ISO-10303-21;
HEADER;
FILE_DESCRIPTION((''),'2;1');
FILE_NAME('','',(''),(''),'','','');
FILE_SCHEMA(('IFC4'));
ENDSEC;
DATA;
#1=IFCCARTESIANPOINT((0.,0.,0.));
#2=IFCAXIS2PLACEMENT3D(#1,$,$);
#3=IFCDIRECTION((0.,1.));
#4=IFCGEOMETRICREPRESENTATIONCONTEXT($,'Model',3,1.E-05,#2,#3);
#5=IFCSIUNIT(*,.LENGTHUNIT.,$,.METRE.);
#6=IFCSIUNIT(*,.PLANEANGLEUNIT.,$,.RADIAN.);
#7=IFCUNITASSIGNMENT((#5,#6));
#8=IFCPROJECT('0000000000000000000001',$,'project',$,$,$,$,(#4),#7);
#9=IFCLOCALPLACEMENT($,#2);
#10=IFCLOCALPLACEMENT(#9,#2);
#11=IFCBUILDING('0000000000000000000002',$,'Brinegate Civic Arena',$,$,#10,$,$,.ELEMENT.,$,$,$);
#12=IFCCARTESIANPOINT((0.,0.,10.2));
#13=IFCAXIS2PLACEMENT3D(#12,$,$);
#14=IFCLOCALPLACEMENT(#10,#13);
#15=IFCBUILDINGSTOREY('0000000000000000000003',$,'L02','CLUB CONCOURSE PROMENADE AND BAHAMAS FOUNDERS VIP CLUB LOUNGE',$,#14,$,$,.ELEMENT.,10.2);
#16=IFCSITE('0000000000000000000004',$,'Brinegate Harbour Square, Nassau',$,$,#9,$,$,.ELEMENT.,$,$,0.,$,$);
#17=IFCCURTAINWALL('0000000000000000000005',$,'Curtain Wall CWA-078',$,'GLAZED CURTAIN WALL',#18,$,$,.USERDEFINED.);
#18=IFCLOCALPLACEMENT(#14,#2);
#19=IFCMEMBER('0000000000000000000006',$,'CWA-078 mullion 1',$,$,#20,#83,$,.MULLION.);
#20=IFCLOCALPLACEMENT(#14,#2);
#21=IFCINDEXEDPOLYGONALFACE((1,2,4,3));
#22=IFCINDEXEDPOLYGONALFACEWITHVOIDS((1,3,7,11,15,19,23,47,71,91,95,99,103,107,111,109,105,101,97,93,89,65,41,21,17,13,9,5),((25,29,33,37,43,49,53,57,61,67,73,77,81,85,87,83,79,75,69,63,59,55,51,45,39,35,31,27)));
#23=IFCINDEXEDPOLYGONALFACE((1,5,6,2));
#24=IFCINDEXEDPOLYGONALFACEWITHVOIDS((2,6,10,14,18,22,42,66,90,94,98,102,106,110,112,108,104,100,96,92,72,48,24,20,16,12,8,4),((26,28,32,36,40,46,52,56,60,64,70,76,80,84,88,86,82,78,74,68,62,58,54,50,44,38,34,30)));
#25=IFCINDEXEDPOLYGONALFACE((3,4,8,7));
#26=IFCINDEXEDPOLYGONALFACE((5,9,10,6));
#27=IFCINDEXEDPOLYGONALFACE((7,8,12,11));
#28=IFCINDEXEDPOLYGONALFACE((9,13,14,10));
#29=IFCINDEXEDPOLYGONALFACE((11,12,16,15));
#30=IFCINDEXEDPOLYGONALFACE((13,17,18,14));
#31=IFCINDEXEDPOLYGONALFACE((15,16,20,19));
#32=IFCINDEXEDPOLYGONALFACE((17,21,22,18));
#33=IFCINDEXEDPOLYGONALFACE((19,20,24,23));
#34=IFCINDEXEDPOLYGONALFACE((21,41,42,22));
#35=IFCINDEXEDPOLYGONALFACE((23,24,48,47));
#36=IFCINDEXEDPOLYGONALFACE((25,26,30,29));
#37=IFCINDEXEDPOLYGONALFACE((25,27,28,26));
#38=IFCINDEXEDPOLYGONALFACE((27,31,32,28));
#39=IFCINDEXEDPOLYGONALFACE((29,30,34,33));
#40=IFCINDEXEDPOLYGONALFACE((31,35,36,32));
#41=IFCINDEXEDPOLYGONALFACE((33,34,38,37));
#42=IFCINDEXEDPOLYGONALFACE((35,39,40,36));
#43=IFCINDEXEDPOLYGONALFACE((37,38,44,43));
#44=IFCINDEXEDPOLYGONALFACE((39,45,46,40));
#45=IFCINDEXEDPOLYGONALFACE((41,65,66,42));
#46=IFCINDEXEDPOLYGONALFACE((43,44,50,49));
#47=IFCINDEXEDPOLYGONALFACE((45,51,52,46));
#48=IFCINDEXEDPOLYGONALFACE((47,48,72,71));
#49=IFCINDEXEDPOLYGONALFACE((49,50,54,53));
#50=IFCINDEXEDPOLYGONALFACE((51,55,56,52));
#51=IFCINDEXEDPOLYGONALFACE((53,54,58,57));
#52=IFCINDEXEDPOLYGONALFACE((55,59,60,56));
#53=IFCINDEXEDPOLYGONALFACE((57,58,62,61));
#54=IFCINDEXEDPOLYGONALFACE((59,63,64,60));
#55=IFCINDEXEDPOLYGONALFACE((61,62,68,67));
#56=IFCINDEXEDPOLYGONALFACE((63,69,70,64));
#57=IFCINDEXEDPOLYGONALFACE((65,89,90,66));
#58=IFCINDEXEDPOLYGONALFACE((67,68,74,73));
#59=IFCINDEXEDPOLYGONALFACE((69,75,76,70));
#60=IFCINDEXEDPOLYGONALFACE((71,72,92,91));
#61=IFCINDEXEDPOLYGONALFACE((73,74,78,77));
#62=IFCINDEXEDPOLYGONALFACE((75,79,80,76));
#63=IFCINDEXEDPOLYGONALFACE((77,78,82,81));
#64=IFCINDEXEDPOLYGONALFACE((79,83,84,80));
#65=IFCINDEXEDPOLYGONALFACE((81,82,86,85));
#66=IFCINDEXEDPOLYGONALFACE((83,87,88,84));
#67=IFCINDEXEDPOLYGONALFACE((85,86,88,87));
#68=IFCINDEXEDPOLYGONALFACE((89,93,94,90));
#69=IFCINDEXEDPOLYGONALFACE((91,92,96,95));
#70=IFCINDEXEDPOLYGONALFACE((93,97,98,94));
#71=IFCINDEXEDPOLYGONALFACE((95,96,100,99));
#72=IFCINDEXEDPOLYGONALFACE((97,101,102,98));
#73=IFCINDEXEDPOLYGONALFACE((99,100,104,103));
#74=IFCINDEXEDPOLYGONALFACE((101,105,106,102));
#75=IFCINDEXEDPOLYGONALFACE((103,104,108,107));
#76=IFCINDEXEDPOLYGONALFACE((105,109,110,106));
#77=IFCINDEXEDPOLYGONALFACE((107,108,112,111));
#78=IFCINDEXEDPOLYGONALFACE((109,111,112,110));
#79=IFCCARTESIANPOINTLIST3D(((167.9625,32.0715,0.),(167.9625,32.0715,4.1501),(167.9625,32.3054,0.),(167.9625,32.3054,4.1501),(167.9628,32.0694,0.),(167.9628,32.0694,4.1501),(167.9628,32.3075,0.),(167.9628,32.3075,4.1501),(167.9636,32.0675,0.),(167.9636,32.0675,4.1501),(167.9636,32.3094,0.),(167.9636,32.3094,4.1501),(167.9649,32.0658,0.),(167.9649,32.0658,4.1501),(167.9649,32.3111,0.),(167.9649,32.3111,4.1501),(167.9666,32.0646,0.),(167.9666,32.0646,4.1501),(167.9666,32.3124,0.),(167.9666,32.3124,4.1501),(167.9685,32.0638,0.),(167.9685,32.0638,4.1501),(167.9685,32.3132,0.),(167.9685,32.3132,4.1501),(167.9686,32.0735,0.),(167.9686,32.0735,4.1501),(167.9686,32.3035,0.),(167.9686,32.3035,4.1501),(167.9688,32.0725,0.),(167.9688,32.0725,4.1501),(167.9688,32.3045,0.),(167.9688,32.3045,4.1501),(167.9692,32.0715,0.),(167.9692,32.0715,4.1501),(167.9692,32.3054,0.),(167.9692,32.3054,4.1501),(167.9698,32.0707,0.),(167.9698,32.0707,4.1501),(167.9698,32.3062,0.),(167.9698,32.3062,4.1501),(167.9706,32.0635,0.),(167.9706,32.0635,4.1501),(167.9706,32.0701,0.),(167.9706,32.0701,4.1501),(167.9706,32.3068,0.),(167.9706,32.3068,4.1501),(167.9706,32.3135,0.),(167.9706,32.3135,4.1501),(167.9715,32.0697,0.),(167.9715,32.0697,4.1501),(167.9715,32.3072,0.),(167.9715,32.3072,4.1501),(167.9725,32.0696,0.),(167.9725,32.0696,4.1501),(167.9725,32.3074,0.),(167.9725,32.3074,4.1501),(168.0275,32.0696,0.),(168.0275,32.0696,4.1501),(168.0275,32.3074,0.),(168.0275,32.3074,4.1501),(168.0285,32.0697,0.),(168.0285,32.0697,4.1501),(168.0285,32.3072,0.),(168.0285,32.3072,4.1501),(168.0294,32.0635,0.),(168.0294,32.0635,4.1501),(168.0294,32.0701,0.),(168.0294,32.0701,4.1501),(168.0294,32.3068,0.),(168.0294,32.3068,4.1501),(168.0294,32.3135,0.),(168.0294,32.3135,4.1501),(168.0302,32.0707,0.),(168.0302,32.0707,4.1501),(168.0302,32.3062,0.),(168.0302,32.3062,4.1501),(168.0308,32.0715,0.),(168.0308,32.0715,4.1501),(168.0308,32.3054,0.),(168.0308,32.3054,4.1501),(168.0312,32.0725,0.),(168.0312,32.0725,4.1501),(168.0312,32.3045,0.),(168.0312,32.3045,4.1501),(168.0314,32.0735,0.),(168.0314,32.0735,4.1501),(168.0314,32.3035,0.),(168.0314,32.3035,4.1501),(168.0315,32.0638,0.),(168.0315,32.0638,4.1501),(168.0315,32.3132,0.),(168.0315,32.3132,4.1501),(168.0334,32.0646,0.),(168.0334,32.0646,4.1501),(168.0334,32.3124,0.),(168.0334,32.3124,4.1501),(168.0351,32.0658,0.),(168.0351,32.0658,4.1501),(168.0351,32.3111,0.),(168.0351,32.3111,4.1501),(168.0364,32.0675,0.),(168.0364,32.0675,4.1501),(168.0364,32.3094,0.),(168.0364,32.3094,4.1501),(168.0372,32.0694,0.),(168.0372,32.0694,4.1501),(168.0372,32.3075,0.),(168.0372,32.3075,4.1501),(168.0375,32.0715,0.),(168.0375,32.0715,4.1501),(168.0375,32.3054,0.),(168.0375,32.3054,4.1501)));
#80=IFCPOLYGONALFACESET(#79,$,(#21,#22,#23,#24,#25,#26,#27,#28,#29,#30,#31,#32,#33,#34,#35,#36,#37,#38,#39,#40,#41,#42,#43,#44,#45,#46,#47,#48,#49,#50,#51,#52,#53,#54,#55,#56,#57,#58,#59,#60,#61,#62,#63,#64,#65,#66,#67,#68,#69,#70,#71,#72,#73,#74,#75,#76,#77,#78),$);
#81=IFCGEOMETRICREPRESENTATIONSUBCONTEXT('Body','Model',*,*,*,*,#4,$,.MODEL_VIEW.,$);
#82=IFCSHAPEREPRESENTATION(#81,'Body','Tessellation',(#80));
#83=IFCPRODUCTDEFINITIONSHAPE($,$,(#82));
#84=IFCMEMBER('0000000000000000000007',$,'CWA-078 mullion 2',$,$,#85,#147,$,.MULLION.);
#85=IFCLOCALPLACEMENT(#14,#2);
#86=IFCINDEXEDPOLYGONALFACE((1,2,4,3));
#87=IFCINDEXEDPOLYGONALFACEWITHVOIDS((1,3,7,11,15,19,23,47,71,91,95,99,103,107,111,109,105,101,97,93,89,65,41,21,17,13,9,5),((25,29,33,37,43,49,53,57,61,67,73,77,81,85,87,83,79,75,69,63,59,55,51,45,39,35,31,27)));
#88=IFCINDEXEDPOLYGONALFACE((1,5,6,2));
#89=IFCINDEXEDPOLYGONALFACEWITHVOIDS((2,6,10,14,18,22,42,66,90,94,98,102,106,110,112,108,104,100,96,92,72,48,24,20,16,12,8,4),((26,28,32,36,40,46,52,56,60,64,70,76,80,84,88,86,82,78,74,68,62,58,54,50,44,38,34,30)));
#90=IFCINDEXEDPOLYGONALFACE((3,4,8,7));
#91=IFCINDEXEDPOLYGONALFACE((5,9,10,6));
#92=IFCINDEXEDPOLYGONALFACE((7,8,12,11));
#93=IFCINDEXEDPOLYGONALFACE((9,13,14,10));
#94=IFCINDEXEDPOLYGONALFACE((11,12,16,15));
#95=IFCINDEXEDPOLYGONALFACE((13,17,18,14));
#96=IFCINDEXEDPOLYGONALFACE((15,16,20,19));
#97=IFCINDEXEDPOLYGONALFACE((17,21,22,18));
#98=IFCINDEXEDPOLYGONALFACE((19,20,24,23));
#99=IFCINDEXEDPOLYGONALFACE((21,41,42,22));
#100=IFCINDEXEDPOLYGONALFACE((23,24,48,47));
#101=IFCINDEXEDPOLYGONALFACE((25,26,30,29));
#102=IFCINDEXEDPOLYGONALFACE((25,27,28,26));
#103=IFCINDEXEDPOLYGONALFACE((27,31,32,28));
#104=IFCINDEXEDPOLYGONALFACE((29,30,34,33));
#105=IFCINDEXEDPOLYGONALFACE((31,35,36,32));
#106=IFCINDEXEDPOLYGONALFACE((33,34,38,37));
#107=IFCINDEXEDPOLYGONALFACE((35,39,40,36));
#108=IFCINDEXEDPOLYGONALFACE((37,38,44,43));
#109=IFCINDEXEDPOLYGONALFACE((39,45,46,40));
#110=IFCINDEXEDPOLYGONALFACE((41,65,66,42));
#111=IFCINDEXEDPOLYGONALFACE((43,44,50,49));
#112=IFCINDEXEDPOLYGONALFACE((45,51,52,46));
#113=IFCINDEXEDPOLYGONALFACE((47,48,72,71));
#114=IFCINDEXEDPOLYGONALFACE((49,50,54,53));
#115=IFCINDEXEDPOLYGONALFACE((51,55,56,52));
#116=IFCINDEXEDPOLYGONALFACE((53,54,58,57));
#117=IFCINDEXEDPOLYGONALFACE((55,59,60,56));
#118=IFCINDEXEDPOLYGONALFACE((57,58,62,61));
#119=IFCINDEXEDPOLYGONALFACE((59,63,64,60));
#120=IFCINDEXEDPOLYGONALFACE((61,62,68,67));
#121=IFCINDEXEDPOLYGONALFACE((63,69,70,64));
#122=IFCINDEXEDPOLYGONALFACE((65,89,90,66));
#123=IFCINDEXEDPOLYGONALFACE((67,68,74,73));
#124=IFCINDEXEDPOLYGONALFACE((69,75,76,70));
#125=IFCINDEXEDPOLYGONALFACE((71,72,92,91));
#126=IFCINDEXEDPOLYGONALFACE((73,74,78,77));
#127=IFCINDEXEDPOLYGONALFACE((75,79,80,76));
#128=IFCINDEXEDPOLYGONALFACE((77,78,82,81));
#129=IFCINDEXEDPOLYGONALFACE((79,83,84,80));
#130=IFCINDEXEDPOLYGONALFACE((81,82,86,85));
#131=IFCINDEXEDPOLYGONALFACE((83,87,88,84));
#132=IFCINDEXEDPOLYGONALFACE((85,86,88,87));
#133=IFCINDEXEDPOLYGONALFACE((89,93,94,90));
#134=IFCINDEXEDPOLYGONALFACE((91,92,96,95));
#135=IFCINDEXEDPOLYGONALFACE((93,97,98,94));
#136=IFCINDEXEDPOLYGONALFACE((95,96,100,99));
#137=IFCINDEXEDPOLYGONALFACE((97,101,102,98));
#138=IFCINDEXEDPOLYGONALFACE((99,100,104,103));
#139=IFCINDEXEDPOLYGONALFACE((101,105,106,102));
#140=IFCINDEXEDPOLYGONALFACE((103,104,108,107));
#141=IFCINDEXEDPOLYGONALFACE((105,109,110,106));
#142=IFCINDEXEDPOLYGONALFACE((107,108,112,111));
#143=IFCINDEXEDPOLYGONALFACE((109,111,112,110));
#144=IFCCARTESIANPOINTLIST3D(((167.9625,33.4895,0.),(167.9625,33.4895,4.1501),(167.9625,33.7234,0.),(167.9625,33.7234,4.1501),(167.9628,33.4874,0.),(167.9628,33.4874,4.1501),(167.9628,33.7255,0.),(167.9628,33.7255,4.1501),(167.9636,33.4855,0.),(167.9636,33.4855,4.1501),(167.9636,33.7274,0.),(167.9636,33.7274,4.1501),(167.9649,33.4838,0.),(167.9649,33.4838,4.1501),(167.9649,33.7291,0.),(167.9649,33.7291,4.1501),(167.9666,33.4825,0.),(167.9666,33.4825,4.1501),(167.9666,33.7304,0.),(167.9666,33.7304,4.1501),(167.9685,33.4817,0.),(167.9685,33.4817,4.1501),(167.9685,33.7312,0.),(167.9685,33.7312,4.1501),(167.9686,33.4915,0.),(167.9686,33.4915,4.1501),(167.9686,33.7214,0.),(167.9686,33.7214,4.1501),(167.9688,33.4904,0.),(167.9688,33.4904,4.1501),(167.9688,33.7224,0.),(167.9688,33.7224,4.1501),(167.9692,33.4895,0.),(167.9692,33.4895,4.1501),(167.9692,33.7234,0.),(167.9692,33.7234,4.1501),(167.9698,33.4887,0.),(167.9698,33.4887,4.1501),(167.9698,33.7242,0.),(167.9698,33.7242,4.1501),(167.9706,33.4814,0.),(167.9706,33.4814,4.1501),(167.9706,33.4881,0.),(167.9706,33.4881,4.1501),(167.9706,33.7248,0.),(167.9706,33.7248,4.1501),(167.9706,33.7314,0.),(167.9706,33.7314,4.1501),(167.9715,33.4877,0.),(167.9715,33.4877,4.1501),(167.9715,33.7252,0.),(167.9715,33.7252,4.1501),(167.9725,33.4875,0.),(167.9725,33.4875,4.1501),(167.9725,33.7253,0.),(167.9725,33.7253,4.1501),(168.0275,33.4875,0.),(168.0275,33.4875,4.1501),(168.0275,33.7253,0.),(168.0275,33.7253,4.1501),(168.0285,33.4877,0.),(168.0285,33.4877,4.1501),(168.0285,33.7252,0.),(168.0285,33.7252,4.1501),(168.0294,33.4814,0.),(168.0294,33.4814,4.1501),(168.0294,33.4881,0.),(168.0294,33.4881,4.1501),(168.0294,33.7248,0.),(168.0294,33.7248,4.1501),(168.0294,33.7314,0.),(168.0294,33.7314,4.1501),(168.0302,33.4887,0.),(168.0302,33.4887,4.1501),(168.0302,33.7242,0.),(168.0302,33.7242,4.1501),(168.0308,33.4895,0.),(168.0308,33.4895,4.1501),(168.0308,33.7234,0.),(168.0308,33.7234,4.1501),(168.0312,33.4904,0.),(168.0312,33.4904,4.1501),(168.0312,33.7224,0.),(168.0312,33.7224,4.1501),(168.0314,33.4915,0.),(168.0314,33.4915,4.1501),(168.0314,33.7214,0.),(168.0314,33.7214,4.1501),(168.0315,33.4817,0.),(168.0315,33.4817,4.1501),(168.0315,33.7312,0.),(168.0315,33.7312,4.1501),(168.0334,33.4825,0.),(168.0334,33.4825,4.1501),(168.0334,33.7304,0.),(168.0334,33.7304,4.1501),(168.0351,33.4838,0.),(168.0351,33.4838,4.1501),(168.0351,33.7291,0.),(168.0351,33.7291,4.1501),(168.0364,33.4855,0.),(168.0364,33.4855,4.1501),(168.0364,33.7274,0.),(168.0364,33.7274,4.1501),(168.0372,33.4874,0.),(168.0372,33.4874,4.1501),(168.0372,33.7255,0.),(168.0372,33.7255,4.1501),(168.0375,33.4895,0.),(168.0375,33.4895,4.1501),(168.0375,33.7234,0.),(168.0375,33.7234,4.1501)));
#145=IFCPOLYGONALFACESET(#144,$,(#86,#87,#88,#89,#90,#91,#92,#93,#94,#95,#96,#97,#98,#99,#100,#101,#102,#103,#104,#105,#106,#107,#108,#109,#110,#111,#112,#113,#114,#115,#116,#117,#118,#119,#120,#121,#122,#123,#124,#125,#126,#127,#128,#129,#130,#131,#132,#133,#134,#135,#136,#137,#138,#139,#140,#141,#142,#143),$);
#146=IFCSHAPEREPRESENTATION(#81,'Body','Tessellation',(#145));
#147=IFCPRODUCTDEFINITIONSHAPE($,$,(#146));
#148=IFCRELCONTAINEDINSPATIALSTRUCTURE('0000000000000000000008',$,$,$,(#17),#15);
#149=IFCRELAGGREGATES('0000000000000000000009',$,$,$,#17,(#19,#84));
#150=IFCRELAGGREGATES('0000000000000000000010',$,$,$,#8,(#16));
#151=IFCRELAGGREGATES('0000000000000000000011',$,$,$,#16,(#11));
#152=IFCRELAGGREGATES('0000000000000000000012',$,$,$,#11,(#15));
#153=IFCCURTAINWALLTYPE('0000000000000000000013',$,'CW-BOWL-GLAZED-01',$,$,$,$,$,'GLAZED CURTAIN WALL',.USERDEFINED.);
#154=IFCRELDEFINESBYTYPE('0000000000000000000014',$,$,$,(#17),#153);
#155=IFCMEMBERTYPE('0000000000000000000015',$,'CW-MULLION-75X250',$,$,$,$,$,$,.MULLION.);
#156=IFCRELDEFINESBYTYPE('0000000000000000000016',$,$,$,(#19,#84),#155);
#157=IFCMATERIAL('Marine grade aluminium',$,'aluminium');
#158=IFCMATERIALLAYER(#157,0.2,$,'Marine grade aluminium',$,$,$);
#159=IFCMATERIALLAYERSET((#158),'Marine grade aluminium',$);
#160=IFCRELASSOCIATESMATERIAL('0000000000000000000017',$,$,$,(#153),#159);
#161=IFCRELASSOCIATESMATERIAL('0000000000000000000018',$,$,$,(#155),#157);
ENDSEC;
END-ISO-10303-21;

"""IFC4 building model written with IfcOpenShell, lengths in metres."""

from ifc_helpers import new_model, si_unit, direction, frame, origin, origin_2d, place, context, subcontext, project, spatial, hollow_rectangle, extrude, material, layer, layer_set, material_profile, profile_set, type_object, element, aggregate, save


model = new_model("IFC4")

# Units and contexts
model_context = context("Model", 3, precision=1e-05, world=origin(), true_north=direction((0.0, 1.0)))
body_context = subcontext(model_context, "Body", "Model", "MODEL_VIEW")
ifc_project = project(units=[si_unit("LENGTHUNIT", "METRE"), si_unit("PLANEANGLEUNIT", "RADIAN")], contexts=[model_context])

# Site, building, storey
site_placement = place(None, origin())
site = spatial("IfcSite", under=ifc_project, at=site_placement, Name="Brinegate Harbour Square, Nassau", CompositionType="ELEMENT", RefElevation=0.0)
building_placement = place(site_placement, origin())
building = spatial("IfcBuilding", under=site, at=building_placement, Name="Brinegate Civic Arena", CompositionType="ELEMENT")
storey_placement = place(building_placement, frame((0.0, 0.0, 10.2)))
storey = spatial("IfcBuildingStorey", under=building, at=storey_placement, Name="L02", Description="CLUB CONCOURSE PROMENADE AND BAHAMAS FOUNDERS VIP CLUB LOUNGE", CompositionType="ELEMENT", Elevation=10.2)

# Curtain wall, members
ifc_material_1 = material(Name="Marine grade aluminium", Category="aluminium")
ifc_layer_1 = layer(ifc_material_1, 0.2, Name="Marine grade aluminium")
ifc_layer_set_1 = layer_set([ifc_layer_1], Name="Marine grade aluminium")
curtain_wall_type = type_object("IfcCurtainWallType", Name="CW-BOWL-GLAZED-01", ElementType="GLAZED CURTAIN WALL", PredefinedType="USERDEFINED", material=ifc_layer_set_1)
curtain_wall_placement = place(storey_placement, origin())
curtain_wall = element("IfcCurtainWall", 1, at=curtain_wall_placement, inside=storey, type_object=curtain_wall_type, Name="Curtain Wall CWA-078", ObjectType="GLAZED CURTAIN WALL", PredefinedType="USERDEFINED")
ifc_material_profile_1 = material_profile(ifc_material_1, hollow_rectangle(XDim=0.075, YDim=0.25, WallThickness=0.0061, InnerFilletRadius=0.0039, OuterFilletRadius=0.0081, at=origin_2d()), Name="MUL75X250")
ifc_profile_set_1 = profile_set([ifc_material_profile_1], Name="Marine grade aluminium")
member_type_1 = type_object("IfcMemberType", Name="CW-MULLION-75X250", PredefinedType="MULLION", material=ifc_profile_set_1)
member_1_placement = place(storey_placement, frame((168.0, 32.1885, 0.0), z_axis=(0.0, 0.0, 1.0), x_axis=(-1.0, 0.0, 0.0)))
member_1 = element("IfcMember", 2, at=member_1_placement, type_object=member_type_1, Name="CWA-078 mullion 1", PredefinedType="MULLION", context=body_context, shape_type="SweptSolid", body=[
    extrude(hollow_rectangle(XDim=0.075, YDim=0.25, WallThickness=0.0061, InnerFilletRadius=0.0039, OuterFilletRadius=0.0081, at=origin_2d()), origin(), (0.0, 0.0, 1.0), 4.1501),
])
member_2_placement = place(storey_placement, frame((168.0, 33.6064, 0.0), z_axis=(0.0, 0.0, 1.0), x_axis=(-1.0, 0.0, 0.0)))
member_2 = element("IfcMember", 3, at=member_2_placement, type_object=member_type_1, Name="CWA-078 mullion 2", PredefinedType="MULLION", context=body_context, shape_type="SweptSolid", body=[
    extrude(hollow_rectangle(XDim=0.075, YDim=0.25, WallThickness=0.0061, InnerFilletRadius=0.0039, OuterFilletRadius=0.0081, at=origin_2d()), origin(), (0.0, 0.0, 1.0), 4.1501),
])
aggregate(curtain_wall, [member_1, member_2])

save(model, "model.ifc")
